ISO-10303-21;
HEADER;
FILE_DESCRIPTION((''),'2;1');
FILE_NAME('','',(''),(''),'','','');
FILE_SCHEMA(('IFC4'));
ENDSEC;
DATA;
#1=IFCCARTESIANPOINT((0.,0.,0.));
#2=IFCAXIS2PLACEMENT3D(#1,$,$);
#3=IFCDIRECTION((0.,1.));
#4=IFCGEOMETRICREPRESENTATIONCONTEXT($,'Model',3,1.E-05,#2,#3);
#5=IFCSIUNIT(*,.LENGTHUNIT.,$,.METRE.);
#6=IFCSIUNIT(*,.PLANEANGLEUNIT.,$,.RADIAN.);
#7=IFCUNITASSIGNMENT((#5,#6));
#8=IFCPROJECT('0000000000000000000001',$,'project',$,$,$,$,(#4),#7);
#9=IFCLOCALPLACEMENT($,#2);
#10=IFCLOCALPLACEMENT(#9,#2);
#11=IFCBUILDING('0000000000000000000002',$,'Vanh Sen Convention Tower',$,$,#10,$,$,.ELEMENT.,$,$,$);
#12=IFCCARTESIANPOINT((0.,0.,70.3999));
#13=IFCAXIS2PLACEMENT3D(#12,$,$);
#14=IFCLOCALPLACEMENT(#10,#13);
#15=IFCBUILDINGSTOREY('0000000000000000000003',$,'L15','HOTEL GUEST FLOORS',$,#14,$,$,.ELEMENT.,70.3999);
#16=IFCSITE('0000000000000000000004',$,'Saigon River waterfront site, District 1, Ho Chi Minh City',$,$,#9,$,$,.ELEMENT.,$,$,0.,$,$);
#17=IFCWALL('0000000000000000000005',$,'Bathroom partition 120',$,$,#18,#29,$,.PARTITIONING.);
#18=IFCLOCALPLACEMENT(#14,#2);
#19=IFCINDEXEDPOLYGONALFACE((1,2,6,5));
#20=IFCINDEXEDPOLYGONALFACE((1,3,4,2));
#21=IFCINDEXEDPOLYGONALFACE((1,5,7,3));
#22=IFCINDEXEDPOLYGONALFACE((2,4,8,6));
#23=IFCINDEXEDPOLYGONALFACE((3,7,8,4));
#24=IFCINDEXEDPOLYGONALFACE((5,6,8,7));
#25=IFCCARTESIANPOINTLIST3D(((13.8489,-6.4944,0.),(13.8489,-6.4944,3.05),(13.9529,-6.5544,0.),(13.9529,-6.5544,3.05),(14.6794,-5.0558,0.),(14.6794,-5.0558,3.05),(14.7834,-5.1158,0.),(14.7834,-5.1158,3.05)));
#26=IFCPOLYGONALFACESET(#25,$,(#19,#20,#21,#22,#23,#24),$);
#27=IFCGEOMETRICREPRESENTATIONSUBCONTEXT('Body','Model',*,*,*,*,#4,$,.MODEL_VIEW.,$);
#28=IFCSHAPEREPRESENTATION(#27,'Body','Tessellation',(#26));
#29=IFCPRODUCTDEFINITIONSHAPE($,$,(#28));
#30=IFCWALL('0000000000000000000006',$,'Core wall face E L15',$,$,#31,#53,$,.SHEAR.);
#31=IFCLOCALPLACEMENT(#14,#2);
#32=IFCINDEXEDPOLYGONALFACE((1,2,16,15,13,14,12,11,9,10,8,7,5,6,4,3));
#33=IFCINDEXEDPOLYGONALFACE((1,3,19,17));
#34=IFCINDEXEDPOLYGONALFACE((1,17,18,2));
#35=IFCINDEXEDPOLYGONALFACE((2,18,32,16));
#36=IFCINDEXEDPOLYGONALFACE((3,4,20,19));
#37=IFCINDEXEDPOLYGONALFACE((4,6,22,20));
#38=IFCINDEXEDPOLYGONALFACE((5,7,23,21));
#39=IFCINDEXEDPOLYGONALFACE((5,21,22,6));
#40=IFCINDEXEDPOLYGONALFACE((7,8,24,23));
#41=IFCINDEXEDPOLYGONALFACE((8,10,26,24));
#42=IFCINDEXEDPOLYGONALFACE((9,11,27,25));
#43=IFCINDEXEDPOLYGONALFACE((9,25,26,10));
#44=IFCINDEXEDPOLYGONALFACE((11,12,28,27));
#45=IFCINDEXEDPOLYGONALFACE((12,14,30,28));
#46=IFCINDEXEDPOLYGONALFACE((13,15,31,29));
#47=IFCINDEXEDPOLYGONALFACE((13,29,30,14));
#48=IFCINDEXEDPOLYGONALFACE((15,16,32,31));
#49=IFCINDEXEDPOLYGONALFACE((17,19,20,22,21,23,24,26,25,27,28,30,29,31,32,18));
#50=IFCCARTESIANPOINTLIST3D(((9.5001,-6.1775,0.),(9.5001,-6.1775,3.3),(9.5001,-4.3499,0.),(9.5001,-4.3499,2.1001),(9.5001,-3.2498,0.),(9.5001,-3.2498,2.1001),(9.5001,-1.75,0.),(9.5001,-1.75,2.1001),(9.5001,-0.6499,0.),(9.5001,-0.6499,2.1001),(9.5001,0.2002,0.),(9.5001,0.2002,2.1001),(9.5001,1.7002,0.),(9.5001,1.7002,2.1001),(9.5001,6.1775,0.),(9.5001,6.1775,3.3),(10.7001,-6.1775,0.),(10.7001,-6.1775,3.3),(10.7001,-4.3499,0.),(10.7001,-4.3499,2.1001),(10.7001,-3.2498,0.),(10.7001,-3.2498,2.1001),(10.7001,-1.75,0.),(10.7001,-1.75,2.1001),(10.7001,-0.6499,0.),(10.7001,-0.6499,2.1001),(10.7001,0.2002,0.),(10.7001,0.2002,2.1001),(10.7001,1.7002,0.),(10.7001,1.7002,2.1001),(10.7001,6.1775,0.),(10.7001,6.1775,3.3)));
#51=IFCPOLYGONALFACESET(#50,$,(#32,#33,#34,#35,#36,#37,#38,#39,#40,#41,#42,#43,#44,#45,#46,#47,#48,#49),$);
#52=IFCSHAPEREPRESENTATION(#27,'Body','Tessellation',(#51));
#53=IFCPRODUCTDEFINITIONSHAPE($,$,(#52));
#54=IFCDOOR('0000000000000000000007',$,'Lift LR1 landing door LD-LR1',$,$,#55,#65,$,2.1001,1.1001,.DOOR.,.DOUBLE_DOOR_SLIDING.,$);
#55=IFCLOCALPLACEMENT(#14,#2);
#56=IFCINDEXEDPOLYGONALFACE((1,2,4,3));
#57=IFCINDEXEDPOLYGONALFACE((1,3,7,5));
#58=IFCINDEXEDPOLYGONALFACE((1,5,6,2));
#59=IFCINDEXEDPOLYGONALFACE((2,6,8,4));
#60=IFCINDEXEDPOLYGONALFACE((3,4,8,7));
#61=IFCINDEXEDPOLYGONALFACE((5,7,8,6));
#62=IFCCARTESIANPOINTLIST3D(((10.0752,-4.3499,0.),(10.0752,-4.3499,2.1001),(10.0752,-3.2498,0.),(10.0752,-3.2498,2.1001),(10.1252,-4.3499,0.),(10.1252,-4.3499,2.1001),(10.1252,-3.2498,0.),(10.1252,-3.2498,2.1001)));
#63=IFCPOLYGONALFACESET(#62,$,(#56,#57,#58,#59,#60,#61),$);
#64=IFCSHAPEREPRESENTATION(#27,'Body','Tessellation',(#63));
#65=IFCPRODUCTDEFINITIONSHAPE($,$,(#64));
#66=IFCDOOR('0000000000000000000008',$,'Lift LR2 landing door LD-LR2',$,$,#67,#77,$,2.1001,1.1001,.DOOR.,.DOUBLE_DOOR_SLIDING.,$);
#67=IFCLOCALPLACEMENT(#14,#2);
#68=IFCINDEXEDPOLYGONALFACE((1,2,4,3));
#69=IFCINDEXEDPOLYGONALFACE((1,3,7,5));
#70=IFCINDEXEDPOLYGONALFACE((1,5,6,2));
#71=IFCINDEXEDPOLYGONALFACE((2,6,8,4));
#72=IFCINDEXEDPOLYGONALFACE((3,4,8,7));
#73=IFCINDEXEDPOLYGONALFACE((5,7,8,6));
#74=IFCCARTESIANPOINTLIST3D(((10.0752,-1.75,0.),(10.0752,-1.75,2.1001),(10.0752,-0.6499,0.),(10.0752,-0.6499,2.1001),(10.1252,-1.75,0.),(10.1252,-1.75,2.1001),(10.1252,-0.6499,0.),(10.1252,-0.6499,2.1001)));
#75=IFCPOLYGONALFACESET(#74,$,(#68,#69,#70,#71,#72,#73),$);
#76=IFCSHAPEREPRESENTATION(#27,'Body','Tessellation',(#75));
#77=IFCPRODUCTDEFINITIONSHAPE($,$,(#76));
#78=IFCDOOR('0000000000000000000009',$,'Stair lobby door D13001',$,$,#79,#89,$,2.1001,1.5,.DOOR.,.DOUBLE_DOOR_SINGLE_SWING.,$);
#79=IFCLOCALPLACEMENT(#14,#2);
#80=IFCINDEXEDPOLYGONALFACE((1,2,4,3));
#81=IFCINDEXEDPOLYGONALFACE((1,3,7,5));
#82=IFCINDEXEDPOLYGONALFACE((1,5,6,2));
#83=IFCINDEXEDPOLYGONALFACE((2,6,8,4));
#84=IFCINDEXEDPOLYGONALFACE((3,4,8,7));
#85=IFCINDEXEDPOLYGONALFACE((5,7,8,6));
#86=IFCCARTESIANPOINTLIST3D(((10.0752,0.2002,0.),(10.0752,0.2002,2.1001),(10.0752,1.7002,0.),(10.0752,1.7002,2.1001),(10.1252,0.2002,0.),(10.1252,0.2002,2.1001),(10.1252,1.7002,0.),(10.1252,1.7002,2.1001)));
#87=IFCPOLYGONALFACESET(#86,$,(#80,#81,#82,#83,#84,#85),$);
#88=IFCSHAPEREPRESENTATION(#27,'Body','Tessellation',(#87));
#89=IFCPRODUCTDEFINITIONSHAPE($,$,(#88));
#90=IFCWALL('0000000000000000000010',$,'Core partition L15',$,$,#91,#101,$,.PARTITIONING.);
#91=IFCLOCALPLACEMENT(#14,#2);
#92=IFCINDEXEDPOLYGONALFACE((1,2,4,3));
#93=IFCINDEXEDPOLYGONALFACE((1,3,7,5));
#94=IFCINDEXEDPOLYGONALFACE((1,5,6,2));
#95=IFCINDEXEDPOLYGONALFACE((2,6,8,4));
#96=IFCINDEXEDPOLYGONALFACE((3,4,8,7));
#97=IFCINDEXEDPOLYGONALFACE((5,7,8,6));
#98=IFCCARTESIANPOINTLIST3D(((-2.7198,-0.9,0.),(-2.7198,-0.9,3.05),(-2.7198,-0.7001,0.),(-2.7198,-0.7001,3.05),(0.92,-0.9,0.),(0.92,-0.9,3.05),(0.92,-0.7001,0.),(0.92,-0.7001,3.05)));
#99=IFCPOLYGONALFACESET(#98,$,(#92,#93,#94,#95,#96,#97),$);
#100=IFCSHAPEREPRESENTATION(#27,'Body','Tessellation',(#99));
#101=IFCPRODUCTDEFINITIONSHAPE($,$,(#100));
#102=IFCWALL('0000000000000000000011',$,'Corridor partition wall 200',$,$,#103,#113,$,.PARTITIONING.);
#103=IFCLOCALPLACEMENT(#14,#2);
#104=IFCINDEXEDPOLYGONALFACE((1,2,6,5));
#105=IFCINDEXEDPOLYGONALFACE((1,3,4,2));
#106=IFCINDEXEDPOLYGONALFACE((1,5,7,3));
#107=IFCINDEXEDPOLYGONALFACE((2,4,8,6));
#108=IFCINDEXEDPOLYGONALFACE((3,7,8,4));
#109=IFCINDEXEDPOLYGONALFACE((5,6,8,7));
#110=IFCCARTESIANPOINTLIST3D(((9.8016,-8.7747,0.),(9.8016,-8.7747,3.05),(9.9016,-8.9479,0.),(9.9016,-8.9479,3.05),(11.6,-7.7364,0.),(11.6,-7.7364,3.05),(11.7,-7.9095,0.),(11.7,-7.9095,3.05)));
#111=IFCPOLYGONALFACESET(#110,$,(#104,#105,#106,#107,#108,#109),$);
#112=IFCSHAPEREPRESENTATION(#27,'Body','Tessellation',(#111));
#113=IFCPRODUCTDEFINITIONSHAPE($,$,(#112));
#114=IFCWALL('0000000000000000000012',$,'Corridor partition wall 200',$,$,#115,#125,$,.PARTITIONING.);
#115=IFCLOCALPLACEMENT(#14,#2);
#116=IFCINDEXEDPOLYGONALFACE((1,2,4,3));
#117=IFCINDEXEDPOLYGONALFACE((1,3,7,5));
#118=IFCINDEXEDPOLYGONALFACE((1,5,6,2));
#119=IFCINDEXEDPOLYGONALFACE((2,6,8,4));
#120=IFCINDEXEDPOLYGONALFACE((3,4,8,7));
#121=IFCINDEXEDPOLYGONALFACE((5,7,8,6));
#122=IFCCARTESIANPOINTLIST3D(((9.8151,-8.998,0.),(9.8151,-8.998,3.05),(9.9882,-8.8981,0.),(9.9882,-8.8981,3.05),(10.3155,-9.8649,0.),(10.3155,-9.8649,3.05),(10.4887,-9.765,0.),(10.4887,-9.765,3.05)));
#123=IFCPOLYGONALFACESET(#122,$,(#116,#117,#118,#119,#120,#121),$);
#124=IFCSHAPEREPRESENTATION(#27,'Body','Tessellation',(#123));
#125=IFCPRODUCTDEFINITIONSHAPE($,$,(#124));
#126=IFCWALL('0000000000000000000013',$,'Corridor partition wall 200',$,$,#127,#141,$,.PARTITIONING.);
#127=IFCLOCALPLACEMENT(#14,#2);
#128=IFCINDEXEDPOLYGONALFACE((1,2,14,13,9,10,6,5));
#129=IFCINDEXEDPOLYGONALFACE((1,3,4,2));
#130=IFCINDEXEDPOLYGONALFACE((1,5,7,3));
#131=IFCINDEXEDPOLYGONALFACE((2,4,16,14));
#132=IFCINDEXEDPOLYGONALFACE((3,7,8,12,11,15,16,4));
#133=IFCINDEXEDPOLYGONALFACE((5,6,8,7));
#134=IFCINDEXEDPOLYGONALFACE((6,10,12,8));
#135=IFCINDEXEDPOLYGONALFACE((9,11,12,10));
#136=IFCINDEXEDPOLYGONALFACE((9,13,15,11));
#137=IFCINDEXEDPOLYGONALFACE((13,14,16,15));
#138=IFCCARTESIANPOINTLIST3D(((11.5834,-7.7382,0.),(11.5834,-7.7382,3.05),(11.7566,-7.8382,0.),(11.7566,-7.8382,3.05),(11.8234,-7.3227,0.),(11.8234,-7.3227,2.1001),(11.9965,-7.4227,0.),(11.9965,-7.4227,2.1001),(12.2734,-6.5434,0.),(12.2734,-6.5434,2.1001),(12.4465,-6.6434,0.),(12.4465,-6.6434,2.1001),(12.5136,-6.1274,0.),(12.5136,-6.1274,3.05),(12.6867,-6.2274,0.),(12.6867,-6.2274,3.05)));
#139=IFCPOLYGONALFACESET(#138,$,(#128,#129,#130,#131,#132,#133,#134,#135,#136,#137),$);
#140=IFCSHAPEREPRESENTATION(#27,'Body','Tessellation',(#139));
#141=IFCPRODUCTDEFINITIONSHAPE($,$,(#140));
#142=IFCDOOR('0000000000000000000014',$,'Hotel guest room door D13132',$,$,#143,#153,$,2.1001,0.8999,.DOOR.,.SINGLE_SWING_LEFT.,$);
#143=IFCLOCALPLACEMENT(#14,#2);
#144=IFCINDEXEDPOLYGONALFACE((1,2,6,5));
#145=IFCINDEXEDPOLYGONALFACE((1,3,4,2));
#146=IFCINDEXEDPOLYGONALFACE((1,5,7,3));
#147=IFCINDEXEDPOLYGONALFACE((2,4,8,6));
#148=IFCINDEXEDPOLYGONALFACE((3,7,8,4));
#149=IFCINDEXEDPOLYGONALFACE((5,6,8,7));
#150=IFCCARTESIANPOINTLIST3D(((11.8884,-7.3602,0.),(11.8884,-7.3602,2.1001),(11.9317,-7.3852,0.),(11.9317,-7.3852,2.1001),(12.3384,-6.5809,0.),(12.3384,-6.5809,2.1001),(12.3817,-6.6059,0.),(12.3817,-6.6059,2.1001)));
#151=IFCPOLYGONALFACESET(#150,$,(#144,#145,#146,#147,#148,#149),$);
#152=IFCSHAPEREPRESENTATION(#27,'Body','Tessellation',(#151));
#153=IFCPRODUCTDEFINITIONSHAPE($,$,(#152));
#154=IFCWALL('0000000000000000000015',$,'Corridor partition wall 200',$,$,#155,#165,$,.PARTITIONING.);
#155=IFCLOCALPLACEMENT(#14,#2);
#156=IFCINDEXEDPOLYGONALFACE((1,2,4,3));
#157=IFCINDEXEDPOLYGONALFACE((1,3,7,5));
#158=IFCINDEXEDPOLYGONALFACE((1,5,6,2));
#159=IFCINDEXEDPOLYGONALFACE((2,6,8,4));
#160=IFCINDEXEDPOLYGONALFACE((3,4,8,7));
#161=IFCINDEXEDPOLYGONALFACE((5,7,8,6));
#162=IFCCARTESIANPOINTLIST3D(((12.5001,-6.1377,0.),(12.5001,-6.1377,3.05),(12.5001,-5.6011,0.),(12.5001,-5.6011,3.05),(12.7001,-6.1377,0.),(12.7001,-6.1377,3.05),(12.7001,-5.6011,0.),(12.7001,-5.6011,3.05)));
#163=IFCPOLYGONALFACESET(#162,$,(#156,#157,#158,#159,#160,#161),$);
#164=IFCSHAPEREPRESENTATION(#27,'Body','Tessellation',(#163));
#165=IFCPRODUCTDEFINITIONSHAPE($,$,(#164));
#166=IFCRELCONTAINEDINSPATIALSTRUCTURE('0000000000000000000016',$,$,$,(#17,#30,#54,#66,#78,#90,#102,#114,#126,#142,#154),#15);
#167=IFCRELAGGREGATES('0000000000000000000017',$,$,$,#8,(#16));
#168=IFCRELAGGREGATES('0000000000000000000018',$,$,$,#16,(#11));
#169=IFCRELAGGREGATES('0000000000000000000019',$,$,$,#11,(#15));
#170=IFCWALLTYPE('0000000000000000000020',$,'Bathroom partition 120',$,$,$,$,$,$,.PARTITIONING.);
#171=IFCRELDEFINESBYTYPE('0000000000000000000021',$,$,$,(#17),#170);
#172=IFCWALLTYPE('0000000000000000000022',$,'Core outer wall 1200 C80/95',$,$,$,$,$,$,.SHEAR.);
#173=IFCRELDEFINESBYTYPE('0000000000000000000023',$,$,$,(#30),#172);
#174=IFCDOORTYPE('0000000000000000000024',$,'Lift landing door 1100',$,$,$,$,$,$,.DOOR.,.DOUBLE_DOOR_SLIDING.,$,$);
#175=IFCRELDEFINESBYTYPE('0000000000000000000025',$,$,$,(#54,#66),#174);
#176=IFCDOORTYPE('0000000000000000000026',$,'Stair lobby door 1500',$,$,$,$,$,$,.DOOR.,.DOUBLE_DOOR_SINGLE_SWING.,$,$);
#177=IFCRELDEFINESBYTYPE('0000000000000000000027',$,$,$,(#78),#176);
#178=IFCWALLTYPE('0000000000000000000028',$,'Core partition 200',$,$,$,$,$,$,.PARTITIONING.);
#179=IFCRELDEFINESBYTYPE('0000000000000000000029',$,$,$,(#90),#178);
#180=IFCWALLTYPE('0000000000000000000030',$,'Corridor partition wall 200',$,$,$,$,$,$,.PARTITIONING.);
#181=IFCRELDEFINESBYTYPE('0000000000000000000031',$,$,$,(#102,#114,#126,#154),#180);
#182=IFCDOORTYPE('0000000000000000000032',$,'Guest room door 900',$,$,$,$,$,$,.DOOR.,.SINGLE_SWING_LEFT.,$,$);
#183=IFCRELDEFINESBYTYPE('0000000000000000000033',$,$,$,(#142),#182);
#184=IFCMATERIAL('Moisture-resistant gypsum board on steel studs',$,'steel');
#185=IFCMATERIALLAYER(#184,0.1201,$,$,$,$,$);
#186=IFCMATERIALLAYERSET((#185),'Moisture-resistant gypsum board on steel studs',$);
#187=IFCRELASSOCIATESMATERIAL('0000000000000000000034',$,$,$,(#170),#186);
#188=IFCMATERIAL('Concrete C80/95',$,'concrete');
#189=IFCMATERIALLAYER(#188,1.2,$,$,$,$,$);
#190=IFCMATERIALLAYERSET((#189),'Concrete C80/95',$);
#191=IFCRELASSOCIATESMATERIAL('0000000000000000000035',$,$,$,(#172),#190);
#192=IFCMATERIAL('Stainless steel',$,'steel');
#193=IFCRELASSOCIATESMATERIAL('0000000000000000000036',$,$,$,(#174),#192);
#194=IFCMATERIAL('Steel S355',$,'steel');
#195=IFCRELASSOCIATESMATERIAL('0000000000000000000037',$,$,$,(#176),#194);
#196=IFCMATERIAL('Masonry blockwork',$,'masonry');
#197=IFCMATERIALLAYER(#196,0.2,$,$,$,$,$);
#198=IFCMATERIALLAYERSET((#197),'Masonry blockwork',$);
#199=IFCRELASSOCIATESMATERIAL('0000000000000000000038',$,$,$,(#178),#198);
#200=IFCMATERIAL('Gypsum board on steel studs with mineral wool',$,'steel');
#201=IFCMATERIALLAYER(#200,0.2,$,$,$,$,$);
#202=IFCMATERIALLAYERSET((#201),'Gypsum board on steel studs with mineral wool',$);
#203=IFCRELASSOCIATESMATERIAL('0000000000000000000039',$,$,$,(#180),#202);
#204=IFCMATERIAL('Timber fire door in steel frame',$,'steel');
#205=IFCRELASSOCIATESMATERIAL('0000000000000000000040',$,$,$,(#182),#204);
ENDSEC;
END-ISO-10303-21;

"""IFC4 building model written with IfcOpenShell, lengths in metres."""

from ifc_helpers import new_model, si_unit, direction, frame, frame_2d, origin, place, context, subcontext, project, spatial, rectangle, extrude, material, layer, layer_set, type_object, element, fill, save


model = new_model("IFC4")

# Units and contexts
model_context = context("Model", 3, precision=1e-05, world=origin(), true_north=direction((0.0, 1.0)))
body_context = subcontext(model_context, "Body", "Model", "MODEL_VIEW")
ifc_project = project(units=[si_unit("LENGTHUNIT", "METRE"), si_unit("PLANEANGLEUNIT", "RADIAN")], contexts=[model_context])

# Site, building, storey
site_placement = place(None, origin())
site = spatial("IfcSite", under=ifc_project, at=site_placement, Name="Saigon River waterfront site, District 1, Ho Chi Minh City", CompositionType="ELEMENT", RefElevation=0.0)
building_placement = place(site_placement, origin())
building = spatial("IfcBuilding", under=site, at=building_placement, Name="Vanh Sen Convention Tower", CompositionType="ELEMENT")
storey_placement = place(building_placement, frame((0.0, 0.0, 70.3999)))
storey = spatial("IfcBuildingStorey", under=building, at=storey_placement, Name="L15", Description="HOTEL GUEST FLOORS", CompositionType="ELEMENT", Elevation=70.3999)

# Wall
ifc_material_1 = material(Name="Moisture-resistant gypsum board on steel studs", Category="steel")
ifc_layer_1 = layer(ifc_material_1, 0.1201)
ifc_layer_set_1 = layer_set([ifc_layer_1], Name="Moisture-resistant gypsum board on steel studs")
wall_type_1 = type_object("IfcWallType", Name="Bathroom partition 120", PredefinedType="PARTITIONING", material=ifc_layer_set_1)
wall_1_placement = place(storey_placement, frame((13.9009, -6.5244, 0.0), z_axis=(0.0, 0.0, 1.0), x_axis=(0.499964, 0.866046, 0.0)))
element("IfcWall", 1, at=wall_1_placement, inside=storey, type_object=wall_type_1, Name="Bathroom partition 120", PredefinedType="PARTITIONING", context=body_context, shape_type="SweptSolid", body=[
    extrude(rectangle(XDim=1.6611, YDim=0.1201, at=frame_2d((0.8306, 0.0))), origin(), (0.0, 0.0, 1.0), 3.05),
])

# Wall, openings, doors
ifc_material_2 = material(Name="Concrete C80/95", Category="concrete")
ifc_layer_2 = layer(ifc_material_2, 1.2)
ifc_layer_set_2 = layer_set([ifc_layer_2], Name="Concrete C80/95")
wall_type_2 = type_object("IfcWallType", Name="Core outer wall 1200 C80/95", PredefinedType="SHEAR", material=ifc_layer_set_2)
wall_2_placement = place(storey_placement, frame((10.1001, -6.1775, 0.0), z_axis=(0.0, 0.0, 1.0), x_axis=(0.0, 1.0, 0.0)))
wall_2 = element("IfcWall", 2, at=wall_2_placement, inside=storey, type_object=wall_type_2, Name="Core wall face E L15", PredefinedType="SHEAR", context=body_context, shape_type="SweptSolid", body=[
    extrude(rectangle(XDim=12.355, YDim=1.2, at=frame_2d((6.1775, 0.0))), origin(), (0.0, 0.0, 1.0), 3.3),
])
opening_1_placement = place(wall_2_placement, frame((6.3777, 0.0, 0.0)))
opening_1 = element("IfcOpeningElement", 3, at=opening_1_placement, cuts=wall_2, PredefinedType="OPENING", context=body_context, shape_type="SweptSolid", body=[
    extrude(rectangle(XDim=1.5, YDim=2.1001, at=frame_2d((0.75, 1.05))), frame((0.0, 0.6099, 0.0), z_axis=(0.0, -1.0, 0.0), x_axis=(1.0, 0.0, 0.0)), (0.0, 0.0, 1.0), 1.22),
])
opening_2_placement = place(wall_2_placement, frame((1.8276, 0.0, 0.0)))
opening_2 = element("IfcOpeningElement", 4, at=opening_2_placement, cuts=wall_2, PredefinedType="OPENING", context=body_context, shape_type="SweptSolid", body=[
    extrude(rectangle(XDim=1.1001, YDim=2.1001, at=frame_2d((0.55, 1.05))), frame((0.0, 0.6099, 0.0), z_axis=(0.0, -1.0, 0.0), x_axis=(1.0, 0.0, 0.0)), (0.0, 0.0, 1.0), 1.22),
])
opening_3_placement = place(wall_2_placement, frame((4.4275, 0.0, 0.0)))
opening_3 = element("IfcOpeningElement", 5, at=opening_3_placement, cuts=wall_2, PredefinedType="OPENING", context=body_context, shape_type="SweptSolid", body=[
    extrude(rectangle(XDim=1.1001, YDim=2.1001, at=frame_2d((0.55, 1.05))), frame((0.0, 0.6099, 0.0), z_axis=(0.0, -1.0, 0.0), x_axis=(1.0, 0.0, 0.0)), (0.0, 0.0, 1.0), 1.22),
])
ifc_material_3 = material(Name="Stainless steel", Category="steel")
door_type_1 = type_object("IfcDoorType", Name="Lift landing door 1100", OperationType="DOUBLE_DOOR_SLIDING", PredefinedType="DOOR", material=ifc_material_3)
door_1_placement = place(opening_2_placement, origin())
door_1 = element("IfcDoor", 6, at=door_1_placement, inside=storey, type_object=door_type_1, Name="Lift LR1 landing door LD-LR1", OperationType="DOUBLE_DOOR_SLIDING", OverallHeight=2.1001, OverallWidth=1.1001, PredefinedType="DOOR", context=body_context, shape_type="SweptSolid", body=[
    extrude(rectangle(XDim=1.1001, YDim=2.1001, at=frame_2d((0.55, 1.05))), frame((0.0, 0.0249, 0.0), z_axis=(0.0, -1.0, 0.0), x_axis=(1.0, 0.0, 0.0)), (0.0, 0.0, 1.0), 0.05),
])
fill(opening_2, door_1)
door_2_placement = place(opening_3_placement, origin())
door_2 = element("IfcDoor", 7, at=door_2_placement, inside=storey, type_object=door_type_1, Name="Lift LR2 landing door LD-LR2", OperationType="DOUBLE_DOOR_SLIDING", OverallHeight=2.1001, OverallWidth=1.1001, PredefinedType="DOOR", context=body_context, shape_type="SweptSolid", body=[
    extrude(rectangle(XDim=1.1001, YDim=2.1001, at=frame_2d((0.55, 1.05))), frame((0.0, 0.0249, 0.0), z_axis=(0.0, -1.0, 0.0), x_axis=(1.0, 0.0, 0.0)), (0.0, 0.0, 1.0), 0.05),
])
fill(opening_3, door_2)
ifc_material_4 = material(Name="Steel S355", Category="steel")
door_type_2 = type_object("IfcDoorType", Name="Stair lobby door 1500", OperationType="DOUBLE_DOOR_SINGLE_SWING", PredefinedType="DOOR", material=ifc_material_4)
door_3_placement = place(opening_1_placement, origin())
door_3 = element("IfcDoor", 8, at=door_3_placement, inside=storey, type_object=door_type_2, Name="Stair lobby door D13001", OperationType="DOUBLE_DOOR_SINGLE_SWING", OverallHeight=2.1001, OverallWidth=1.5, PredefinedType="DOOR", context=body_context, shape_type="SweptSolid", body=[
    extrude(rectangle(XDim=1.5, YDim=2.1001, at=frame_2d((0.75, 1.05))), frame((0.0, 0.0249, 0.0), z_axis=(0.0, -1.0, 0.0), x_axis=(1.0, 0.0, 0.0)), (0.0, 0.0, 1.0), 0.05),
])
fill(opening_1, door_3)

# Walls
ifc_material_5 = material(Name="Masonry blockwork", Category="masonry")
ifc_layer_3 = layer(ifc_material_5, 0.2)
ifc_layer_set_3 = layer_set([ifc_layer_3], Name="Masonry blockwork")
wall_type_3 = type_object("IfcWallType", Name="Core partition 200", PredefinedType="PARTITIONING", material=ifc_layer_set_3)
wall_3_placement = place(storey_placement, frame((0.9199, -0.8, 0.0), z_axis=(0.0, 0.0, 1.0), x_axis=(-1.0, 0.0, 0.0)))
element("IfcWall", 9, at=wall_3_placement, inside=storey, type_object=wall_type_3, Name="Core partition L15", PredefinedType="PARTITIONING", context=body_context, shape_type="SweptSolid", body=[
    extrude(rectangle(XDim=3.6399, YDim=0.2, at=frame_2d((1.8198, 0.0))), origin(), (0.0, 0.0, 1.0), 3.05),
])
ifc_material_6 = material(Name="Gypsum board on steel studs with mineral wool", Category="steel")
ifc_layer_4 = layer(ifc_material_6, 0.2)
ifc_layer_set_4 = layer_set([ifc_layer_4], Name="Gypsum board on steel studs with mineral wool")
wall_type_4 = type_object("IfcWallType", Name="Corridor partition wall 200", PredefinedType="PARTITIONING", material=ifc_layer_set_4)
wall_4_placement = place(storey_placement, frame((9.8516, -8.8613, 0.0), z_axis=(0.0, 0.0, 1.0), x_axis=(0.866013, 0.500021, 0.0)))
element("IfcWall", 10, at=wall_4_placement, inside=storey, type_object=wall_type_4, Name="Corridor partition wall 200", PredefinedType="PARTITIONING", context=body_context, shape_type="SweptSolid", body=[
    extrude(rectangle(XDim=2.0767, YDim=0.2, at=frame_2d((1.0383, 0.0))), origin(), (0.0, 0.0, 1.0), 3.05),
])
wall_5_placement = place(storey_placement, frame((10.4021, -9.8149, 0.0), z_axis=(0.0, 0.0, 1.0), x_axis=(-0.499969, 0.866043, 0.0)))
element("IfcWall", 11, at=wall_5_placement, inside=storey, type_object=wall_type_4, Name="Corridor partition wall 200", PredefinedType="PARTITIONING", context=body_context, shape_type="SweptSolid", body=[
    extrude(rectangle(XDim=1.001, YDim=0.2, at=frame_2d((0.5005, 0.0))), origin(), (0.0, 0.0, 1.0), 3.05),
])

# Wall, opening, door
wall_6_placement = place(storey_placement, frame((11.6699, -7.7883, 0.0), z_axis=(0.0, 0.0, 1.0), x_axis=(0.500063, 0.865989, 0.0)))
wall_6 = element("IfcWall", 12, at=wall_6_placement, inside=storey, type_object=wall_type_4, Name="Corridor partition wall 200", PredefinedType="PARTITIONING", context=body_context, shape_type="SweptSolid", body=[
    extrude(rectangle(XDim=1.8601, YDim=0.2, at=frame_2d((0.9302, 0.0))), origin(), (0.0, 0.0, 1.0), 3.05),
])
opening_4_placement = place(wall_6_placement, frame((0.48, 0.0, 0.0)))
opening_4 = element("IfcOpeningElement", 13, at=opening_4_placement, cuts=wall_6, PredefinedType="OPENING", context=body_context, shape_type="SweptSolid", body=[
    extrude(rectangle(XDim=0.8999, YDim=2.1001, at=frame_2d((0.45, 1.05))), frame((0.0, 0.1099, 0.0), z_axis=(0.0, -1.0, 0.0), x_axis=(1.0, 0.0, 0.0)), (0.0, 0.0, 1.0), 0.22),
])
ifc_material_7 = material(Name="Timber fire door in steel frame", Category="steel")
door_type_3 = type_object("IfcDoorType", Name="Guest room door 900", OperationType="SINGLE_SWING_LEFT", PredefinedType="DOOR", material=ifc_material_7)
door_4_placement = place(opening_4_placement, origin())
door_4 = element("IfcDoor", 14, at=door_4_placement, inside=storey, type_object=door_type_3, Name="Hotel guest room door D13132", OperationType="SINGLE_SWING_LEFT", OverallHeight=2.1001, OverallWidth=0.8999, PredefinedType="DOOR", context=body_context, shape_type="SweptSolid", body=[
    extrude(rectangle(XDim=0.8999, YDim=2.1001, at=frame_2d((0.45, 1.05))), frame((0.0, 0.0249, 0.0), z_axis=(0.0, -1.0, 0.0), x_axis=(1.0, 0.0, 0.0)), (0.0, 0.0, 1.0), 0.05),
])
fill(opening_4, door_4)

# Wall
wall_7_placement = place(storey_placement, frame((12.6001, -6.1377, 0.0), z_axis=(0.0, 0.0, 1.0), x_axis=(0.0, 1.0, 0.0)))
element("IfcWall", 15, at=wall_7_placement, inside=storey, type_object=wall_type_4, Name="Corridor partition wall 200", PredefinedType="PARTITIONING", context=body_context, shape_type="SweptSolid", body=[
    extrude(rectangle(XDim=0.5366, YDim=0.2, at=frame_2d((0.2683, 0.0))), origin(), (0.0, 0.0, 1.0), 3.05),
])

save(model, "model.ifc")
